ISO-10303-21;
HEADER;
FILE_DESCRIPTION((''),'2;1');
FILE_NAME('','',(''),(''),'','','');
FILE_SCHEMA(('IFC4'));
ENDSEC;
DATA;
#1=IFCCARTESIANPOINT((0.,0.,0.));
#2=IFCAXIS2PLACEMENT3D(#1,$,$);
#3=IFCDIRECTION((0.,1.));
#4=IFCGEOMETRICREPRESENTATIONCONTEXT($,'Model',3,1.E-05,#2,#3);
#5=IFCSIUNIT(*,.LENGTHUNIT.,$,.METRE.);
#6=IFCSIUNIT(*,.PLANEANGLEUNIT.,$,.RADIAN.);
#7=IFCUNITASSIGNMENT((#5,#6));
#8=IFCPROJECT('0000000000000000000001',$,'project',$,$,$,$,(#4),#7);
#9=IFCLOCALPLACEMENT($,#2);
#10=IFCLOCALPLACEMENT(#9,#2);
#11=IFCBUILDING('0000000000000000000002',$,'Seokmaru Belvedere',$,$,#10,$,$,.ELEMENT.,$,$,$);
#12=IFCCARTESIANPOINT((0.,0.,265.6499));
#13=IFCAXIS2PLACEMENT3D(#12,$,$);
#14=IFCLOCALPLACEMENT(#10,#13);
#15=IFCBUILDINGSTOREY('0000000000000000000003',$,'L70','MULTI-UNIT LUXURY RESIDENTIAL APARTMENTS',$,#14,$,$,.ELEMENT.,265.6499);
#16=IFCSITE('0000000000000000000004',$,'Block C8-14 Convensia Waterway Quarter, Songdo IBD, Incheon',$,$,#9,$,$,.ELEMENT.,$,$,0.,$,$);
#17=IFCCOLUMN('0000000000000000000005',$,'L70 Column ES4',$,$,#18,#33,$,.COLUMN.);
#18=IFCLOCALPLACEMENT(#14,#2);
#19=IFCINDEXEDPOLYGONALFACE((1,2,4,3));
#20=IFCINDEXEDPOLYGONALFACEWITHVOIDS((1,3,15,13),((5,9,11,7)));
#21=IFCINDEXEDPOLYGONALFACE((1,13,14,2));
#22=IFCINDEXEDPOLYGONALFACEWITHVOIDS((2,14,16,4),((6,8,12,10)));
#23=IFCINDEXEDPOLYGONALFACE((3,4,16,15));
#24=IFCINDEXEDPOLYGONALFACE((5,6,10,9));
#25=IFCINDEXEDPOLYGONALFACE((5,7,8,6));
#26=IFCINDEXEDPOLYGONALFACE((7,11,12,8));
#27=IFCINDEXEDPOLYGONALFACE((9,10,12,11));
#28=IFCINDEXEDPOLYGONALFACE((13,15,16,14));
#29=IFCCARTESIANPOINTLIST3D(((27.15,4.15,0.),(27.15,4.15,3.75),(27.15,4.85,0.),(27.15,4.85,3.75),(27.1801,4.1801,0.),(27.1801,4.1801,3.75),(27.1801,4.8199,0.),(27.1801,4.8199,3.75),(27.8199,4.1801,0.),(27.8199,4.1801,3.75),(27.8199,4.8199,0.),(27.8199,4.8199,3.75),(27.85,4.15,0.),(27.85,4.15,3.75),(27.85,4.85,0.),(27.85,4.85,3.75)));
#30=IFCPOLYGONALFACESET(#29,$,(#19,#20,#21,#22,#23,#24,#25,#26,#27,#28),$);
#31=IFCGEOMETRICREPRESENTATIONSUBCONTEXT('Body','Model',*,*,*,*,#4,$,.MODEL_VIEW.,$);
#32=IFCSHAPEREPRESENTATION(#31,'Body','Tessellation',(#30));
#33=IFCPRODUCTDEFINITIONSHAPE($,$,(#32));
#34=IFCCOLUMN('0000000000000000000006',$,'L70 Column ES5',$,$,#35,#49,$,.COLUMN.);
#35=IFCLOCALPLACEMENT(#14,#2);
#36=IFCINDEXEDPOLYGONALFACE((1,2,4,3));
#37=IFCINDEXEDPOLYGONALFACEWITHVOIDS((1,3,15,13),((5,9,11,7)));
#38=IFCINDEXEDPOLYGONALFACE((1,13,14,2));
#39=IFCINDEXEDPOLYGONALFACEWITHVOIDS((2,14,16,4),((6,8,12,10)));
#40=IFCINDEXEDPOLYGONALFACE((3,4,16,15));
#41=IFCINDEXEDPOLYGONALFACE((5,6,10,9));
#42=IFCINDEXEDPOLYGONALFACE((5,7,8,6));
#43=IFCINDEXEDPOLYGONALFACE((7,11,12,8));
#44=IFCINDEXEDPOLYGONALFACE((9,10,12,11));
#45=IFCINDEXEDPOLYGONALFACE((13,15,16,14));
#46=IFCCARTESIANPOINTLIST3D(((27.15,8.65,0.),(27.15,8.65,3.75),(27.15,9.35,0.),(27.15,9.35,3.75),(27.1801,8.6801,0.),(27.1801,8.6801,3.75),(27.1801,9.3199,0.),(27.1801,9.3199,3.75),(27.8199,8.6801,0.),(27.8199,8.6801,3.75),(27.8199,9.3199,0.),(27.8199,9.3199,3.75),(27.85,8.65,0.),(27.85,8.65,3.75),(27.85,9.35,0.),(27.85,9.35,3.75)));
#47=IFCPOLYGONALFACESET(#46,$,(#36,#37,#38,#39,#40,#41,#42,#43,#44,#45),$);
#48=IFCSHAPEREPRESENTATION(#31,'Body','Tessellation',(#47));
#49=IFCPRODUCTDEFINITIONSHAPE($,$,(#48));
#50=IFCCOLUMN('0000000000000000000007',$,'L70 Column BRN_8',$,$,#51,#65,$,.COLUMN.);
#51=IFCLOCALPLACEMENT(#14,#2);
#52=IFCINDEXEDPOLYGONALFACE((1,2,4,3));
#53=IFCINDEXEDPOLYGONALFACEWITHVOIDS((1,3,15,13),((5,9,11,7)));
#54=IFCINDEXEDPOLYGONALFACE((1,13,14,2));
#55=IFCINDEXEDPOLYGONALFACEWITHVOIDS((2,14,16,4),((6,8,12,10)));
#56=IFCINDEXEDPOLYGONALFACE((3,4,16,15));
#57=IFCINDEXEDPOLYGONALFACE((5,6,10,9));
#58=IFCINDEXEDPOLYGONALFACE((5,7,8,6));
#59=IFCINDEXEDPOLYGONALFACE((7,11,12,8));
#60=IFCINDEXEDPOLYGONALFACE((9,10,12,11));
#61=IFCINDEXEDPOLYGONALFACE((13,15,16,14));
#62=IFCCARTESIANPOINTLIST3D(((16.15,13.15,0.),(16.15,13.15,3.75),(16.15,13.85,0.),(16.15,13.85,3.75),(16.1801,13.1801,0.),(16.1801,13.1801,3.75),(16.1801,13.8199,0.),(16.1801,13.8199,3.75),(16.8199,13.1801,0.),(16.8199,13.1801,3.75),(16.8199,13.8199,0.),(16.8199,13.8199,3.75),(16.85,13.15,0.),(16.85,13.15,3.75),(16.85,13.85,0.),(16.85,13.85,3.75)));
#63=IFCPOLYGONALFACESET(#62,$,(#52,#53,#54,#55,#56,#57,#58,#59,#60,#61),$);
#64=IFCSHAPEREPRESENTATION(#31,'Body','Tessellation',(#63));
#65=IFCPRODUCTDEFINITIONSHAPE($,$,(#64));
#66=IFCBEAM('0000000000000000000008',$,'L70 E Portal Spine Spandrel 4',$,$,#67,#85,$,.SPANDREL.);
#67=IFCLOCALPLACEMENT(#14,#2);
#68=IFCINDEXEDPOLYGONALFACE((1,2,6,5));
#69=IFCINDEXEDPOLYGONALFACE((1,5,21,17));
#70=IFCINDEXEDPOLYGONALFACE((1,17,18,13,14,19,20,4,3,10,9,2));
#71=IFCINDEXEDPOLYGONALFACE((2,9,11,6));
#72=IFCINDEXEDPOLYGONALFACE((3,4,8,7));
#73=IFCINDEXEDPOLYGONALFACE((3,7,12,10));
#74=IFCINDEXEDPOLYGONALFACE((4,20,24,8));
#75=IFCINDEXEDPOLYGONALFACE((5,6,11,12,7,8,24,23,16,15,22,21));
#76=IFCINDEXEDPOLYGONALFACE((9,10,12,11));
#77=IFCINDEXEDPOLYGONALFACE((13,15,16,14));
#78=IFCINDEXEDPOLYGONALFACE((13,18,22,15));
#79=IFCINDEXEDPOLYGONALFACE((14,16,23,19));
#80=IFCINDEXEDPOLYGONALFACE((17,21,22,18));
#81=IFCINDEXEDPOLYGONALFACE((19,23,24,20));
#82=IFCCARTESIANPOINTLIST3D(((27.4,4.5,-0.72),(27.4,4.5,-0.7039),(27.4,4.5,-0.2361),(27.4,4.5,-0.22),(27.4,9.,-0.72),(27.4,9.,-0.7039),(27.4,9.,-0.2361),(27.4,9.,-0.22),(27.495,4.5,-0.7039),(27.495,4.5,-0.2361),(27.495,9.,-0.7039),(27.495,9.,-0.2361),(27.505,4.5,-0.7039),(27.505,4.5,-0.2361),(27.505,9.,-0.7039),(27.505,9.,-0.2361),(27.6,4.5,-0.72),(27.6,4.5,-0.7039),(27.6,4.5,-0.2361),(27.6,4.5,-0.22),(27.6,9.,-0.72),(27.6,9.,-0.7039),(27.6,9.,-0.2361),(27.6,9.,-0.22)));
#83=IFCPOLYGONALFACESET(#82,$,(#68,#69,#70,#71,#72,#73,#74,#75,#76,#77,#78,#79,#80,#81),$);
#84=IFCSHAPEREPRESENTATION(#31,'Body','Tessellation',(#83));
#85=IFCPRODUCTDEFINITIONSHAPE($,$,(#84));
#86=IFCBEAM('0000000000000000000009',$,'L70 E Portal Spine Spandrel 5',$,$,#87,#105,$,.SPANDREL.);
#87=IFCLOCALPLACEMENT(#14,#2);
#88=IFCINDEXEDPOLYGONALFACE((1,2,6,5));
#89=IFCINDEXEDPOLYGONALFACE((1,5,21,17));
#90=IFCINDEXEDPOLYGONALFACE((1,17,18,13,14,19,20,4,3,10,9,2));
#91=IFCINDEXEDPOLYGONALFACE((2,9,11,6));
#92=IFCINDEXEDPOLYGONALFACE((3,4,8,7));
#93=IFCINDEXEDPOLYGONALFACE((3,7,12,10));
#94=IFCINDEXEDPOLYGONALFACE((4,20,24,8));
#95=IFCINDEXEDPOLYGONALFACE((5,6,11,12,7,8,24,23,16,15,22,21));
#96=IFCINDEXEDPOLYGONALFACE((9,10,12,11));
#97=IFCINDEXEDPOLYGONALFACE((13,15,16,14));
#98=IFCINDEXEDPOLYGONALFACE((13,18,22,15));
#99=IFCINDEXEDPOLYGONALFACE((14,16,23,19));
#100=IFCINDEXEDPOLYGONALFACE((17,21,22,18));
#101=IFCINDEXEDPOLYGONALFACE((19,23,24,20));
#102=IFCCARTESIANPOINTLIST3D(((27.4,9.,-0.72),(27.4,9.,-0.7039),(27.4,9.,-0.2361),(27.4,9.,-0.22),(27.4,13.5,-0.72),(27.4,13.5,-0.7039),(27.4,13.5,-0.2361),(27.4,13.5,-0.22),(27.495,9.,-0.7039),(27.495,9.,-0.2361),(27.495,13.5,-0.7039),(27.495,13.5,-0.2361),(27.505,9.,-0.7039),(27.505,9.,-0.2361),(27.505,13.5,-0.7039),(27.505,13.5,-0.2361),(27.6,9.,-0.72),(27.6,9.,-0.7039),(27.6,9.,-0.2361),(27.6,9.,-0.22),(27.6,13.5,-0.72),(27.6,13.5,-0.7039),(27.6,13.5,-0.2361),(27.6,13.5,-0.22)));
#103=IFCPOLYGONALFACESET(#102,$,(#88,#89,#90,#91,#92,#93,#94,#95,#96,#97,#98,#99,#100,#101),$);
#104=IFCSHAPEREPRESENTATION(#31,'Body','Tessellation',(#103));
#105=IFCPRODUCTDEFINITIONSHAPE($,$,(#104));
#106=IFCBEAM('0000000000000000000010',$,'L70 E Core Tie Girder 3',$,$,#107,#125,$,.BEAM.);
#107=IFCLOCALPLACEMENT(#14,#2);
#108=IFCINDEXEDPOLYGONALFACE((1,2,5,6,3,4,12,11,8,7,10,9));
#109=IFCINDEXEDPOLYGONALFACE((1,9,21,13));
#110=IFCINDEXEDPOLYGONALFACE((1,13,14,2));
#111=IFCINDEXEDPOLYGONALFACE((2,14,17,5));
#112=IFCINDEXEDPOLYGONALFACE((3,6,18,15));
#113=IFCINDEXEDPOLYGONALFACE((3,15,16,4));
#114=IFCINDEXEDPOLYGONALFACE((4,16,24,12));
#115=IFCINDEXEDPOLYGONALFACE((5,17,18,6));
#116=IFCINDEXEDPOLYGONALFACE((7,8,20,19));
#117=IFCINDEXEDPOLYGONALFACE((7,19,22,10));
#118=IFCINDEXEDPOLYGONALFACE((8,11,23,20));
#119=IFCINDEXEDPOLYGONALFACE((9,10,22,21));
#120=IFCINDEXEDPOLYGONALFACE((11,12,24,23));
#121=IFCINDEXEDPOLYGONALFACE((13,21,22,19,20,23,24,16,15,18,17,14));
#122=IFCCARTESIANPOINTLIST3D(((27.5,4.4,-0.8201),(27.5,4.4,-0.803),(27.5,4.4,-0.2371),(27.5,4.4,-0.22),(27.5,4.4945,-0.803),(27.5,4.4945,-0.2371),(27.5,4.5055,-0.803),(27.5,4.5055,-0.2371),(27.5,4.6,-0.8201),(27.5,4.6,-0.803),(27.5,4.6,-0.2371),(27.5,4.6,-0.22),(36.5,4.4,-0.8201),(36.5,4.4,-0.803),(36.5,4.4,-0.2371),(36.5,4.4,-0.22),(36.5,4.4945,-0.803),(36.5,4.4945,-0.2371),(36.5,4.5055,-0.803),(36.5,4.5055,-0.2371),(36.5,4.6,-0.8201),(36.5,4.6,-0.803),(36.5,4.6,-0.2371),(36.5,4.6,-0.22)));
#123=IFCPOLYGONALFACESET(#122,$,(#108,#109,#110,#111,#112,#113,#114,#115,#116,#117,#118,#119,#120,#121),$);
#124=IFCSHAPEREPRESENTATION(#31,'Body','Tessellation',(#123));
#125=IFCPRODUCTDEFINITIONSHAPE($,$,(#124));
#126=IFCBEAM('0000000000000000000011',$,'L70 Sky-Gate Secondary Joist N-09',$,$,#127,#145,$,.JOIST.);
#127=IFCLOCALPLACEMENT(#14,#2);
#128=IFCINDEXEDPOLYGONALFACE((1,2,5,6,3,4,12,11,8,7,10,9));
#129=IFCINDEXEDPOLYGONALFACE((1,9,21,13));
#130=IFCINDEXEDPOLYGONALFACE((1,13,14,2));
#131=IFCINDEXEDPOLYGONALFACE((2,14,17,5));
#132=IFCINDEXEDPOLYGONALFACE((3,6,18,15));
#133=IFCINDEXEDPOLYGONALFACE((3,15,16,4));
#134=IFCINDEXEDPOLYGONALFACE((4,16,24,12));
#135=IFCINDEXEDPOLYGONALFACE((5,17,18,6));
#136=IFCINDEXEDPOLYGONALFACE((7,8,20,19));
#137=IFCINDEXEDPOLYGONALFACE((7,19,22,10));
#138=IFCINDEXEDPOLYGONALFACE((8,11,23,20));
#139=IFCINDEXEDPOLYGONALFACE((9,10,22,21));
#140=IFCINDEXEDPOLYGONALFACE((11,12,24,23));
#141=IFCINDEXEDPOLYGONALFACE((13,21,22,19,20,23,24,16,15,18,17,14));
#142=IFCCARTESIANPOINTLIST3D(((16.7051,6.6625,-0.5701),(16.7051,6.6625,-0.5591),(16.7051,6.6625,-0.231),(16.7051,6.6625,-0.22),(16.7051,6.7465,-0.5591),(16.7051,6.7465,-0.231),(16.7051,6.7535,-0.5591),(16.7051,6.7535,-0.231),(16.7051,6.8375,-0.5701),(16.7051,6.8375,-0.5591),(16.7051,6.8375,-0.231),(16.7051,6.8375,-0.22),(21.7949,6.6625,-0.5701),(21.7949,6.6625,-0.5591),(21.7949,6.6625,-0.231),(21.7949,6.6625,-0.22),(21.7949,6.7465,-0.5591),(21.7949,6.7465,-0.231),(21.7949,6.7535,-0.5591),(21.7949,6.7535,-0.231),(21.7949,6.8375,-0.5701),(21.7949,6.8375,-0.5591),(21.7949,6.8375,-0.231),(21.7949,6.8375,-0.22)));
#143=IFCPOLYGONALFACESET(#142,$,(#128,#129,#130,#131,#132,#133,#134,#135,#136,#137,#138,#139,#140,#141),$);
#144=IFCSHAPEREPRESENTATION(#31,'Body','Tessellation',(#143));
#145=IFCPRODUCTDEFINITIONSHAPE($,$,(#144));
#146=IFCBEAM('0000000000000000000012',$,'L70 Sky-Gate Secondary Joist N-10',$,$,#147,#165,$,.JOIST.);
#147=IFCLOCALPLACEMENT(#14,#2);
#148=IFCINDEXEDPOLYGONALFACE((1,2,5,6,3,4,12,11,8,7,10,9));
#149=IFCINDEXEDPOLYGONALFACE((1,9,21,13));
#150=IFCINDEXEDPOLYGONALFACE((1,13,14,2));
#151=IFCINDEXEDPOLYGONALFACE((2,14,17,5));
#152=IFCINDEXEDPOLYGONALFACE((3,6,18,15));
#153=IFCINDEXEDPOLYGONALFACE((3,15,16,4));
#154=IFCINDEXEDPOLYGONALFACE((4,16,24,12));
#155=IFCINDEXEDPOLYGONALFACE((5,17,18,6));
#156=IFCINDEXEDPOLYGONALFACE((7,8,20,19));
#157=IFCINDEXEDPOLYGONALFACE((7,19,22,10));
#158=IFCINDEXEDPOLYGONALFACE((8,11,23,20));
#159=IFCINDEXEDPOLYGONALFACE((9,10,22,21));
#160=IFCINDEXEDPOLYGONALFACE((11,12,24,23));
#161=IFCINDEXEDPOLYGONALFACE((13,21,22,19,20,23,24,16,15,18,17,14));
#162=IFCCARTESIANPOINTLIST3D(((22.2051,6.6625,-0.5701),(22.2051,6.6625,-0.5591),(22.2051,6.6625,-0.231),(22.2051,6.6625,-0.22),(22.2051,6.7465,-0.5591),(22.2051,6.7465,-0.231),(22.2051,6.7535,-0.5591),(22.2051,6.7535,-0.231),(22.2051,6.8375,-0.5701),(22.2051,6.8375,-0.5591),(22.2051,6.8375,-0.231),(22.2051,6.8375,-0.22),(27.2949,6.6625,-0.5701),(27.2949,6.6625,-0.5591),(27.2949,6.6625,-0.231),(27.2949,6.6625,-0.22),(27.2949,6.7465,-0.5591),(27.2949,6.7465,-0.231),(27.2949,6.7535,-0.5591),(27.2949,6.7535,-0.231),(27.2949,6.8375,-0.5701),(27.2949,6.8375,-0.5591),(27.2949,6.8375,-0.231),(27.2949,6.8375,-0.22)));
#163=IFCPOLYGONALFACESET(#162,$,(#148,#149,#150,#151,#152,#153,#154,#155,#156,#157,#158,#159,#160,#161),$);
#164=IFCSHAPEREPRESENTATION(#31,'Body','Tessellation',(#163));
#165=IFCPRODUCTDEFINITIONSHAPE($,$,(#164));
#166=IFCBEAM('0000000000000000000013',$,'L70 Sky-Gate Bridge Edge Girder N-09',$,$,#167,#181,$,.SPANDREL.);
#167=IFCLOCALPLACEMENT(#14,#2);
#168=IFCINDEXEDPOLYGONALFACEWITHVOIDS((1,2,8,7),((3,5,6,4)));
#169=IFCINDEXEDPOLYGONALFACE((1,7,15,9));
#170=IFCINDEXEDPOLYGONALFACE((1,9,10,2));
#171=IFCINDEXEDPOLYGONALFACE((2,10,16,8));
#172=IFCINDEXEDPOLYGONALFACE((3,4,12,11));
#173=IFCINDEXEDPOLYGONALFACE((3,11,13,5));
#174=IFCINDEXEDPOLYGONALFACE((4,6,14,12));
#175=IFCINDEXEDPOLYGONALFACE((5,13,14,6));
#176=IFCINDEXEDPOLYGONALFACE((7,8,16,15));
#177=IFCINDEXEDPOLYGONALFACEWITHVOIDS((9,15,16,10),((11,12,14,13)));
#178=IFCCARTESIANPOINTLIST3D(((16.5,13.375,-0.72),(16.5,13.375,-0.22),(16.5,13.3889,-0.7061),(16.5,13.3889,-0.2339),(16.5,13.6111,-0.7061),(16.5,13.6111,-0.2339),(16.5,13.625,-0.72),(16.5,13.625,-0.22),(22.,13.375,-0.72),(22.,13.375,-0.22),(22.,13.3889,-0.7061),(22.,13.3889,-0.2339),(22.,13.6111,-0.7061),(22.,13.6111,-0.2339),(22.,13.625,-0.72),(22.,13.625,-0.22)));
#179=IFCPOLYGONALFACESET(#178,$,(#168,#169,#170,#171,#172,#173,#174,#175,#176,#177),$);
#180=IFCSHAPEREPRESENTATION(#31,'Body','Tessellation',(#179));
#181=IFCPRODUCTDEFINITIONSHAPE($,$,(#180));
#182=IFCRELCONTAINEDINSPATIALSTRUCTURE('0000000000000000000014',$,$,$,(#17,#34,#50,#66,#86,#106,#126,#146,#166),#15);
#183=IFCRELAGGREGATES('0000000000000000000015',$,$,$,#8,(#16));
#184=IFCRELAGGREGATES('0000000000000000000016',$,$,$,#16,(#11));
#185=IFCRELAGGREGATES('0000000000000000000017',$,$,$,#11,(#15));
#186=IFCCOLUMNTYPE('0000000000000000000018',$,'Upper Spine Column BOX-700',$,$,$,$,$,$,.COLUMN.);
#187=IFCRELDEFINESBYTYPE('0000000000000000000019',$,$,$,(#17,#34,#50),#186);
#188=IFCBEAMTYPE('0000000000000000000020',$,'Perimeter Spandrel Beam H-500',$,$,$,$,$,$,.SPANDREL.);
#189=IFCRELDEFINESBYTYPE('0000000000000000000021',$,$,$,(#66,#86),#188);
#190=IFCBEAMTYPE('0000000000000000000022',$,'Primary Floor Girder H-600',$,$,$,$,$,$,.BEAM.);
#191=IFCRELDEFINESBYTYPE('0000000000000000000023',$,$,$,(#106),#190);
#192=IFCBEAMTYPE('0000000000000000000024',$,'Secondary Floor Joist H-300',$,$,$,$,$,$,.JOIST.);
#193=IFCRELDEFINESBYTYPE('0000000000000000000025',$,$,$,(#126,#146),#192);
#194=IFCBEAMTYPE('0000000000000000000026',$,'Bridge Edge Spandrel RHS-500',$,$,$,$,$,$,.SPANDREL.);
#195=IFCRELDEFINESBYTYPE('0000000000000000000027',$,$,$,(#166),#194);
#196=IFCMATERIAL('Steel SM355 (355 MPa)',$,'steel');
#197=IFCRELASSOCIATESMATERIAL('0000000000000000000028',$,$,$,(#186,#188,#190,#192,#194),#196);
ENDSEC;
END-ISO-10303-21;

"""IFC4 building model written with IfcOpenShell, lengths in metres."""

from ifc_helpers import new_model, si_unit, direction, frame, origin, origin_2d, place, context, subcontext, project, spatial, hollow_rectangle, i_section, extrude, source, transform, mapped, material, material_profile, profile_set, type_object, type_shapes, element, save


model = new_model("IFC4")

# Units and contexts
model_context = context("Model", 3, precision=1e-05, world=origin(), true_north=direction((0.0, 1.0)))
body_context = subcontext(model_context, "Body", "Model", "MODEL_VIEW")
ifc_project = project(units=[si_unit("LENGTHUNIT", "METRE"), si_unit("PLANEANGLEUNIT", "RADIAN")], contexts=[model_context])

# Site, building, storey
site_placement = place(None, origin())
site = spatial("IfcSite", under=ifc_project, at=site_placement, Name="Block C8-14 Convensia Waterway Quarter, Songdo IBD, Incheon", CompositionType="ELEMENT", RefElevation=0.0)
building_placement = place(site_placement, origin())
building = spatial("IfcBuilding", under=site, at=building_placement, Name="Seokmaru Belvedere", CompositionType="ELEMENT")
storey_placement = place(building_placement, frame((0.0, 0.0, 265.6499)))
storey = spatial("IfcBuildingStorey", under=building, at=storey_placement, Name="L70", Description="MULTI-UNIT LUXURY RESIDENTIAL APARTMENTS", CompositionType="ELEMENT", Elevation=265.6499)

# Columns
ifc_material_1 = material(Name="Steel SM355 (355 MPa)", Category="steel")
ifc_material_profile_1 = material_profile(ifc_material_1, hollow_rectangle(XDim=0.7, YDim=0.7, WallThickness=0.03, at=origin_2d()), Name="BOX-700x700x30")
ifc_profile_set_1 = profile_set([ifc_material_profile_1], Name="Steel SM355 (355 MPa)")
column_type = type_object("IfcColumnType", Name="Upper Spine Column BOX-700", PredefinedType="COLUMN", material=ifc_profile_set_1)
shared_shape_1 = source(origin(), body_context, "Body", "SweptSolid", [
    extrude(hollow_rectangle(XDim=0.7, YDim=0.7, WallThickness=0.03, at=origin_2d()), origin(), (0.0, 0.0, 1.0), 3.75),
])
type_shapes(column_type, [shared_shape_1])
for number, where, z_axis, x_axis, name in (
    (1, (27.5, 4.5, 0.0), (0.0, 0.0, 1.0), (1.0, 0.0, 0.0), "L70 Column ES4"),
    (2, (27.5, 9.0, 0.0), (0.0, 0.0, 1.0), (1.0, 0.0, 0.0), "L70 Column ES5"),
    (3, (16.5, 13.5, 0.0), (0.0, 0.0, 1.0), (1.0, 0.0, 0.0), "L70 Column BRN_8"),
):
    element("IfcColumn", number, at=place(storey_placement, frame(where, z_axis=z_axis, x_axis=x_axis)), inside=storey, type_object=column_type, Name=name, PredefinedType="COLUMN", context=body_context, shape_type="MappedRepresentation", body=[
        mapped(shared_shape_1, transform((0.0, 0.0, 0.0), scale=1.0)),
    ])

# Beams
ifc_material_profile_2 = material_profile(ifc_material_1, i_section(OverallWidth=0.2, OverallDepth=0.5, WebThickness=0.01, FlangeThickness=0.0161, at=origin_2d()), Name="H-500x200x10x16")
ifc_profile_set_2 = profile_set([ifc_material_profile_2], Name="Steel SM355 (355 MPa)")
beam_type_1 = type_object("IfcBeamType", Name="Perimeter Spandrel Beam H-500", PredefinedType="SPANDREL", material=ifc_profile_set_2)
shared_shape_2 = source(origin(), body_context, "Body", "SweptSolid", [
    extrude(i_section(OverallWidth=0.2, OverallDepth=0.5, WebThickness=0.01, FlangeThickness=0.0161, at=origin_2d()), origin(), (0.0, 0.0, 1.0), 4.5),
])
type_shapes(beam_type_1, [shared_shape_2])
for number, where, z_axis, x_axis, name in (
    (4, (27.5, 4.5, -0.47), (0.0, 1.0, 0.0), (-1.0, 0.0, 0.0), "L70 E Portal Spine Spandrel 4"),
    (5, (27.5, 9.0, -0.47), (0.0, 1.0, 0.0), (-1.0, 0.0, 0.0), "L70 E Portal Spine Spandrel 5"),
):
    element("IfcBeam", number, at=place(storey_placement, frame(where, z_axis=z_axis, x_axis=x_axis)), inside=storey, type_object=beam_type_1, Name=name, PredefinedType="SPANDREL", context=body_context, shape_type="MappedRepresentation", body=[
        mapped(shared_shape_2, transform((0.0, 0.0, 0.0), scale=1.0)),
    ])
ifc_material_profile_3 = material_profile(ifc_material_1, i_section(OverallWidth=0.2, OverallDepth=0.6001, WebThickness=0.011, FlangeThickness=0.0171, at=origin_2d()), Name="H-600x200x11x17")
ifc_profile_set_3 = profile_set([ifc_material_profile_3], Name="Steel SM355 (355 MPa)")
beam_type_2 = type_object("IfcBeamType", Name="Primary Floor Girder H-600", PredefinedType="BEAM", material=ifc_profile_set_3)
shared_shape_3 = source(origin(), body_context, "Body", "SweptSolid", [
    extrude(i_section(OverallWidth=0.2, OverallDepth=0.6001, WebThickness=0.011, FlangeThickness=0.0171, at=origin_2d()), origin(), (0.0, 0.0, 1.0), 9.0),
])
type_shapes(beam_type_2, [shared_shape_3])
beam_1_placement = place(storey_placement, frame((27.5, 4.5, -0.52), z_axis=(1.0, 0.0, 0.0), x_axis=(0.0, 1.0, 0.0)))
element("IfcBeam", 6, at=beam_1_placement, inside=storey, type_object=beam_type_2, Name="L70 E Core Tie Girder 3", PredefinedType="BEAM", context=body_context, shape_type="MappedRepresentation", body=[
    mapped(shared_shape_3, transform((0.0, 0.0, 0.0), scale=1.0)),
])
ifc_material_profile_4 = material_profile(ifc_material_1, i_section(OverallWidth=0.175, OverallDepth=0.3501, WebThickness=0.0071, FlangeThickness=0.011, at=origin_2d()), Name="H-350x175x7x11")
ifc_profile_set_4 = profile_set([ifc_material_profile_4], Name="Steel SM355 (355 MPa)")
beam_type_3 = type_object("IfcBeamType", Name="Secondary Floor Joist H-300", PredefinedType="JOIST", material=ifc_profile_set_4)
shared_shape_4 = source(origin(), body_context, "Body", "SweptSolid", [
    extrude(i_section(OverallWidth=0.175, OverallDepth=0.3501, WebThickness=0.0071, FlangeThickness=0.011, at=origin_2d()), origin(), (0.0, 0.0, 1.0), 5.0898),
])
type_shapes(beam_type_3, [shared_shape_4])
for number, where, z_axis, x_axis, name in (
    (7, (16.7051, 6.75, -0.395), (1.0, 0.0, 0.0), (0.0, 1.0, 0.0), "L70 Sky-Gate Secondary Joist N-09"),
    (8, (22.2051, 6.75, -0.395), (1.0, 0.0, 0.0), (0.0, 1.0, 0.0), "L70 Sky-Gate Secondary Joist N-10"),
):
    element("IfcBeam", number, at=place(storey_placement, frame(where, z_axis=z_axis, x_axis=x_axis)), inside=storey, type_object=beam_type_3, Name=name, PredefinedType="JOIST", context=body_context, shape_type="MappedRepresentation", body=[
        mapped(shared_shape_4, transform((0.0, 0.0, 0.0), scale=1.0)),
    ])
ifc_material_profile_5 = material_profile(ifc_material_1, hollow_rectangle(XDim=0.25, YDim=0.5, WallThickness=0.0139, at=origin_2d()), Name="RHS-500x250x14")
ifc_profile_set_5 = profile_set([ifc_material_profile_5], Name="Steel SM355 (355 MPa)")
beam_type_4 = type_object("IfcBeamType", Name="Bridge Edge Spandrel RHS-500", PredefinedType="SPANDREL", material=ifc_profile_set_5)
shared_shape_5 = source(origin(), body_context, "Body", "SweptSolid", [
    extrude(hollow_rectangle(XDim=0.25, YDim=0.5, WallThickness=0.0139, at=origin_2d()), origin(), (0.0, 0.0, 1.0), 5.5),
])
type_shapes(beam_type_4, [shared_shape_5])
beam_2_placement = place(storey_placement, frame((16.5, 13.5, -0.47), z_axis=(1.0, 0.0, 0.0), x_axis=(0.0, 1.0, 0.0)))
element("IfcBeam", 9, at=beam_2_placement, inside=storey, type_object=beam_type_4, Name="L70 Sky-Gate Bridge Edge Girder N-09", PredefinedType="SPANDREL", context=body_context, shape_type="MappedRepresentation", body=[
    mapped(shared_shape_5, transform((0.0, 0.0, 0.0), scale=1.0)),
])

save(model, "model.ifc")
